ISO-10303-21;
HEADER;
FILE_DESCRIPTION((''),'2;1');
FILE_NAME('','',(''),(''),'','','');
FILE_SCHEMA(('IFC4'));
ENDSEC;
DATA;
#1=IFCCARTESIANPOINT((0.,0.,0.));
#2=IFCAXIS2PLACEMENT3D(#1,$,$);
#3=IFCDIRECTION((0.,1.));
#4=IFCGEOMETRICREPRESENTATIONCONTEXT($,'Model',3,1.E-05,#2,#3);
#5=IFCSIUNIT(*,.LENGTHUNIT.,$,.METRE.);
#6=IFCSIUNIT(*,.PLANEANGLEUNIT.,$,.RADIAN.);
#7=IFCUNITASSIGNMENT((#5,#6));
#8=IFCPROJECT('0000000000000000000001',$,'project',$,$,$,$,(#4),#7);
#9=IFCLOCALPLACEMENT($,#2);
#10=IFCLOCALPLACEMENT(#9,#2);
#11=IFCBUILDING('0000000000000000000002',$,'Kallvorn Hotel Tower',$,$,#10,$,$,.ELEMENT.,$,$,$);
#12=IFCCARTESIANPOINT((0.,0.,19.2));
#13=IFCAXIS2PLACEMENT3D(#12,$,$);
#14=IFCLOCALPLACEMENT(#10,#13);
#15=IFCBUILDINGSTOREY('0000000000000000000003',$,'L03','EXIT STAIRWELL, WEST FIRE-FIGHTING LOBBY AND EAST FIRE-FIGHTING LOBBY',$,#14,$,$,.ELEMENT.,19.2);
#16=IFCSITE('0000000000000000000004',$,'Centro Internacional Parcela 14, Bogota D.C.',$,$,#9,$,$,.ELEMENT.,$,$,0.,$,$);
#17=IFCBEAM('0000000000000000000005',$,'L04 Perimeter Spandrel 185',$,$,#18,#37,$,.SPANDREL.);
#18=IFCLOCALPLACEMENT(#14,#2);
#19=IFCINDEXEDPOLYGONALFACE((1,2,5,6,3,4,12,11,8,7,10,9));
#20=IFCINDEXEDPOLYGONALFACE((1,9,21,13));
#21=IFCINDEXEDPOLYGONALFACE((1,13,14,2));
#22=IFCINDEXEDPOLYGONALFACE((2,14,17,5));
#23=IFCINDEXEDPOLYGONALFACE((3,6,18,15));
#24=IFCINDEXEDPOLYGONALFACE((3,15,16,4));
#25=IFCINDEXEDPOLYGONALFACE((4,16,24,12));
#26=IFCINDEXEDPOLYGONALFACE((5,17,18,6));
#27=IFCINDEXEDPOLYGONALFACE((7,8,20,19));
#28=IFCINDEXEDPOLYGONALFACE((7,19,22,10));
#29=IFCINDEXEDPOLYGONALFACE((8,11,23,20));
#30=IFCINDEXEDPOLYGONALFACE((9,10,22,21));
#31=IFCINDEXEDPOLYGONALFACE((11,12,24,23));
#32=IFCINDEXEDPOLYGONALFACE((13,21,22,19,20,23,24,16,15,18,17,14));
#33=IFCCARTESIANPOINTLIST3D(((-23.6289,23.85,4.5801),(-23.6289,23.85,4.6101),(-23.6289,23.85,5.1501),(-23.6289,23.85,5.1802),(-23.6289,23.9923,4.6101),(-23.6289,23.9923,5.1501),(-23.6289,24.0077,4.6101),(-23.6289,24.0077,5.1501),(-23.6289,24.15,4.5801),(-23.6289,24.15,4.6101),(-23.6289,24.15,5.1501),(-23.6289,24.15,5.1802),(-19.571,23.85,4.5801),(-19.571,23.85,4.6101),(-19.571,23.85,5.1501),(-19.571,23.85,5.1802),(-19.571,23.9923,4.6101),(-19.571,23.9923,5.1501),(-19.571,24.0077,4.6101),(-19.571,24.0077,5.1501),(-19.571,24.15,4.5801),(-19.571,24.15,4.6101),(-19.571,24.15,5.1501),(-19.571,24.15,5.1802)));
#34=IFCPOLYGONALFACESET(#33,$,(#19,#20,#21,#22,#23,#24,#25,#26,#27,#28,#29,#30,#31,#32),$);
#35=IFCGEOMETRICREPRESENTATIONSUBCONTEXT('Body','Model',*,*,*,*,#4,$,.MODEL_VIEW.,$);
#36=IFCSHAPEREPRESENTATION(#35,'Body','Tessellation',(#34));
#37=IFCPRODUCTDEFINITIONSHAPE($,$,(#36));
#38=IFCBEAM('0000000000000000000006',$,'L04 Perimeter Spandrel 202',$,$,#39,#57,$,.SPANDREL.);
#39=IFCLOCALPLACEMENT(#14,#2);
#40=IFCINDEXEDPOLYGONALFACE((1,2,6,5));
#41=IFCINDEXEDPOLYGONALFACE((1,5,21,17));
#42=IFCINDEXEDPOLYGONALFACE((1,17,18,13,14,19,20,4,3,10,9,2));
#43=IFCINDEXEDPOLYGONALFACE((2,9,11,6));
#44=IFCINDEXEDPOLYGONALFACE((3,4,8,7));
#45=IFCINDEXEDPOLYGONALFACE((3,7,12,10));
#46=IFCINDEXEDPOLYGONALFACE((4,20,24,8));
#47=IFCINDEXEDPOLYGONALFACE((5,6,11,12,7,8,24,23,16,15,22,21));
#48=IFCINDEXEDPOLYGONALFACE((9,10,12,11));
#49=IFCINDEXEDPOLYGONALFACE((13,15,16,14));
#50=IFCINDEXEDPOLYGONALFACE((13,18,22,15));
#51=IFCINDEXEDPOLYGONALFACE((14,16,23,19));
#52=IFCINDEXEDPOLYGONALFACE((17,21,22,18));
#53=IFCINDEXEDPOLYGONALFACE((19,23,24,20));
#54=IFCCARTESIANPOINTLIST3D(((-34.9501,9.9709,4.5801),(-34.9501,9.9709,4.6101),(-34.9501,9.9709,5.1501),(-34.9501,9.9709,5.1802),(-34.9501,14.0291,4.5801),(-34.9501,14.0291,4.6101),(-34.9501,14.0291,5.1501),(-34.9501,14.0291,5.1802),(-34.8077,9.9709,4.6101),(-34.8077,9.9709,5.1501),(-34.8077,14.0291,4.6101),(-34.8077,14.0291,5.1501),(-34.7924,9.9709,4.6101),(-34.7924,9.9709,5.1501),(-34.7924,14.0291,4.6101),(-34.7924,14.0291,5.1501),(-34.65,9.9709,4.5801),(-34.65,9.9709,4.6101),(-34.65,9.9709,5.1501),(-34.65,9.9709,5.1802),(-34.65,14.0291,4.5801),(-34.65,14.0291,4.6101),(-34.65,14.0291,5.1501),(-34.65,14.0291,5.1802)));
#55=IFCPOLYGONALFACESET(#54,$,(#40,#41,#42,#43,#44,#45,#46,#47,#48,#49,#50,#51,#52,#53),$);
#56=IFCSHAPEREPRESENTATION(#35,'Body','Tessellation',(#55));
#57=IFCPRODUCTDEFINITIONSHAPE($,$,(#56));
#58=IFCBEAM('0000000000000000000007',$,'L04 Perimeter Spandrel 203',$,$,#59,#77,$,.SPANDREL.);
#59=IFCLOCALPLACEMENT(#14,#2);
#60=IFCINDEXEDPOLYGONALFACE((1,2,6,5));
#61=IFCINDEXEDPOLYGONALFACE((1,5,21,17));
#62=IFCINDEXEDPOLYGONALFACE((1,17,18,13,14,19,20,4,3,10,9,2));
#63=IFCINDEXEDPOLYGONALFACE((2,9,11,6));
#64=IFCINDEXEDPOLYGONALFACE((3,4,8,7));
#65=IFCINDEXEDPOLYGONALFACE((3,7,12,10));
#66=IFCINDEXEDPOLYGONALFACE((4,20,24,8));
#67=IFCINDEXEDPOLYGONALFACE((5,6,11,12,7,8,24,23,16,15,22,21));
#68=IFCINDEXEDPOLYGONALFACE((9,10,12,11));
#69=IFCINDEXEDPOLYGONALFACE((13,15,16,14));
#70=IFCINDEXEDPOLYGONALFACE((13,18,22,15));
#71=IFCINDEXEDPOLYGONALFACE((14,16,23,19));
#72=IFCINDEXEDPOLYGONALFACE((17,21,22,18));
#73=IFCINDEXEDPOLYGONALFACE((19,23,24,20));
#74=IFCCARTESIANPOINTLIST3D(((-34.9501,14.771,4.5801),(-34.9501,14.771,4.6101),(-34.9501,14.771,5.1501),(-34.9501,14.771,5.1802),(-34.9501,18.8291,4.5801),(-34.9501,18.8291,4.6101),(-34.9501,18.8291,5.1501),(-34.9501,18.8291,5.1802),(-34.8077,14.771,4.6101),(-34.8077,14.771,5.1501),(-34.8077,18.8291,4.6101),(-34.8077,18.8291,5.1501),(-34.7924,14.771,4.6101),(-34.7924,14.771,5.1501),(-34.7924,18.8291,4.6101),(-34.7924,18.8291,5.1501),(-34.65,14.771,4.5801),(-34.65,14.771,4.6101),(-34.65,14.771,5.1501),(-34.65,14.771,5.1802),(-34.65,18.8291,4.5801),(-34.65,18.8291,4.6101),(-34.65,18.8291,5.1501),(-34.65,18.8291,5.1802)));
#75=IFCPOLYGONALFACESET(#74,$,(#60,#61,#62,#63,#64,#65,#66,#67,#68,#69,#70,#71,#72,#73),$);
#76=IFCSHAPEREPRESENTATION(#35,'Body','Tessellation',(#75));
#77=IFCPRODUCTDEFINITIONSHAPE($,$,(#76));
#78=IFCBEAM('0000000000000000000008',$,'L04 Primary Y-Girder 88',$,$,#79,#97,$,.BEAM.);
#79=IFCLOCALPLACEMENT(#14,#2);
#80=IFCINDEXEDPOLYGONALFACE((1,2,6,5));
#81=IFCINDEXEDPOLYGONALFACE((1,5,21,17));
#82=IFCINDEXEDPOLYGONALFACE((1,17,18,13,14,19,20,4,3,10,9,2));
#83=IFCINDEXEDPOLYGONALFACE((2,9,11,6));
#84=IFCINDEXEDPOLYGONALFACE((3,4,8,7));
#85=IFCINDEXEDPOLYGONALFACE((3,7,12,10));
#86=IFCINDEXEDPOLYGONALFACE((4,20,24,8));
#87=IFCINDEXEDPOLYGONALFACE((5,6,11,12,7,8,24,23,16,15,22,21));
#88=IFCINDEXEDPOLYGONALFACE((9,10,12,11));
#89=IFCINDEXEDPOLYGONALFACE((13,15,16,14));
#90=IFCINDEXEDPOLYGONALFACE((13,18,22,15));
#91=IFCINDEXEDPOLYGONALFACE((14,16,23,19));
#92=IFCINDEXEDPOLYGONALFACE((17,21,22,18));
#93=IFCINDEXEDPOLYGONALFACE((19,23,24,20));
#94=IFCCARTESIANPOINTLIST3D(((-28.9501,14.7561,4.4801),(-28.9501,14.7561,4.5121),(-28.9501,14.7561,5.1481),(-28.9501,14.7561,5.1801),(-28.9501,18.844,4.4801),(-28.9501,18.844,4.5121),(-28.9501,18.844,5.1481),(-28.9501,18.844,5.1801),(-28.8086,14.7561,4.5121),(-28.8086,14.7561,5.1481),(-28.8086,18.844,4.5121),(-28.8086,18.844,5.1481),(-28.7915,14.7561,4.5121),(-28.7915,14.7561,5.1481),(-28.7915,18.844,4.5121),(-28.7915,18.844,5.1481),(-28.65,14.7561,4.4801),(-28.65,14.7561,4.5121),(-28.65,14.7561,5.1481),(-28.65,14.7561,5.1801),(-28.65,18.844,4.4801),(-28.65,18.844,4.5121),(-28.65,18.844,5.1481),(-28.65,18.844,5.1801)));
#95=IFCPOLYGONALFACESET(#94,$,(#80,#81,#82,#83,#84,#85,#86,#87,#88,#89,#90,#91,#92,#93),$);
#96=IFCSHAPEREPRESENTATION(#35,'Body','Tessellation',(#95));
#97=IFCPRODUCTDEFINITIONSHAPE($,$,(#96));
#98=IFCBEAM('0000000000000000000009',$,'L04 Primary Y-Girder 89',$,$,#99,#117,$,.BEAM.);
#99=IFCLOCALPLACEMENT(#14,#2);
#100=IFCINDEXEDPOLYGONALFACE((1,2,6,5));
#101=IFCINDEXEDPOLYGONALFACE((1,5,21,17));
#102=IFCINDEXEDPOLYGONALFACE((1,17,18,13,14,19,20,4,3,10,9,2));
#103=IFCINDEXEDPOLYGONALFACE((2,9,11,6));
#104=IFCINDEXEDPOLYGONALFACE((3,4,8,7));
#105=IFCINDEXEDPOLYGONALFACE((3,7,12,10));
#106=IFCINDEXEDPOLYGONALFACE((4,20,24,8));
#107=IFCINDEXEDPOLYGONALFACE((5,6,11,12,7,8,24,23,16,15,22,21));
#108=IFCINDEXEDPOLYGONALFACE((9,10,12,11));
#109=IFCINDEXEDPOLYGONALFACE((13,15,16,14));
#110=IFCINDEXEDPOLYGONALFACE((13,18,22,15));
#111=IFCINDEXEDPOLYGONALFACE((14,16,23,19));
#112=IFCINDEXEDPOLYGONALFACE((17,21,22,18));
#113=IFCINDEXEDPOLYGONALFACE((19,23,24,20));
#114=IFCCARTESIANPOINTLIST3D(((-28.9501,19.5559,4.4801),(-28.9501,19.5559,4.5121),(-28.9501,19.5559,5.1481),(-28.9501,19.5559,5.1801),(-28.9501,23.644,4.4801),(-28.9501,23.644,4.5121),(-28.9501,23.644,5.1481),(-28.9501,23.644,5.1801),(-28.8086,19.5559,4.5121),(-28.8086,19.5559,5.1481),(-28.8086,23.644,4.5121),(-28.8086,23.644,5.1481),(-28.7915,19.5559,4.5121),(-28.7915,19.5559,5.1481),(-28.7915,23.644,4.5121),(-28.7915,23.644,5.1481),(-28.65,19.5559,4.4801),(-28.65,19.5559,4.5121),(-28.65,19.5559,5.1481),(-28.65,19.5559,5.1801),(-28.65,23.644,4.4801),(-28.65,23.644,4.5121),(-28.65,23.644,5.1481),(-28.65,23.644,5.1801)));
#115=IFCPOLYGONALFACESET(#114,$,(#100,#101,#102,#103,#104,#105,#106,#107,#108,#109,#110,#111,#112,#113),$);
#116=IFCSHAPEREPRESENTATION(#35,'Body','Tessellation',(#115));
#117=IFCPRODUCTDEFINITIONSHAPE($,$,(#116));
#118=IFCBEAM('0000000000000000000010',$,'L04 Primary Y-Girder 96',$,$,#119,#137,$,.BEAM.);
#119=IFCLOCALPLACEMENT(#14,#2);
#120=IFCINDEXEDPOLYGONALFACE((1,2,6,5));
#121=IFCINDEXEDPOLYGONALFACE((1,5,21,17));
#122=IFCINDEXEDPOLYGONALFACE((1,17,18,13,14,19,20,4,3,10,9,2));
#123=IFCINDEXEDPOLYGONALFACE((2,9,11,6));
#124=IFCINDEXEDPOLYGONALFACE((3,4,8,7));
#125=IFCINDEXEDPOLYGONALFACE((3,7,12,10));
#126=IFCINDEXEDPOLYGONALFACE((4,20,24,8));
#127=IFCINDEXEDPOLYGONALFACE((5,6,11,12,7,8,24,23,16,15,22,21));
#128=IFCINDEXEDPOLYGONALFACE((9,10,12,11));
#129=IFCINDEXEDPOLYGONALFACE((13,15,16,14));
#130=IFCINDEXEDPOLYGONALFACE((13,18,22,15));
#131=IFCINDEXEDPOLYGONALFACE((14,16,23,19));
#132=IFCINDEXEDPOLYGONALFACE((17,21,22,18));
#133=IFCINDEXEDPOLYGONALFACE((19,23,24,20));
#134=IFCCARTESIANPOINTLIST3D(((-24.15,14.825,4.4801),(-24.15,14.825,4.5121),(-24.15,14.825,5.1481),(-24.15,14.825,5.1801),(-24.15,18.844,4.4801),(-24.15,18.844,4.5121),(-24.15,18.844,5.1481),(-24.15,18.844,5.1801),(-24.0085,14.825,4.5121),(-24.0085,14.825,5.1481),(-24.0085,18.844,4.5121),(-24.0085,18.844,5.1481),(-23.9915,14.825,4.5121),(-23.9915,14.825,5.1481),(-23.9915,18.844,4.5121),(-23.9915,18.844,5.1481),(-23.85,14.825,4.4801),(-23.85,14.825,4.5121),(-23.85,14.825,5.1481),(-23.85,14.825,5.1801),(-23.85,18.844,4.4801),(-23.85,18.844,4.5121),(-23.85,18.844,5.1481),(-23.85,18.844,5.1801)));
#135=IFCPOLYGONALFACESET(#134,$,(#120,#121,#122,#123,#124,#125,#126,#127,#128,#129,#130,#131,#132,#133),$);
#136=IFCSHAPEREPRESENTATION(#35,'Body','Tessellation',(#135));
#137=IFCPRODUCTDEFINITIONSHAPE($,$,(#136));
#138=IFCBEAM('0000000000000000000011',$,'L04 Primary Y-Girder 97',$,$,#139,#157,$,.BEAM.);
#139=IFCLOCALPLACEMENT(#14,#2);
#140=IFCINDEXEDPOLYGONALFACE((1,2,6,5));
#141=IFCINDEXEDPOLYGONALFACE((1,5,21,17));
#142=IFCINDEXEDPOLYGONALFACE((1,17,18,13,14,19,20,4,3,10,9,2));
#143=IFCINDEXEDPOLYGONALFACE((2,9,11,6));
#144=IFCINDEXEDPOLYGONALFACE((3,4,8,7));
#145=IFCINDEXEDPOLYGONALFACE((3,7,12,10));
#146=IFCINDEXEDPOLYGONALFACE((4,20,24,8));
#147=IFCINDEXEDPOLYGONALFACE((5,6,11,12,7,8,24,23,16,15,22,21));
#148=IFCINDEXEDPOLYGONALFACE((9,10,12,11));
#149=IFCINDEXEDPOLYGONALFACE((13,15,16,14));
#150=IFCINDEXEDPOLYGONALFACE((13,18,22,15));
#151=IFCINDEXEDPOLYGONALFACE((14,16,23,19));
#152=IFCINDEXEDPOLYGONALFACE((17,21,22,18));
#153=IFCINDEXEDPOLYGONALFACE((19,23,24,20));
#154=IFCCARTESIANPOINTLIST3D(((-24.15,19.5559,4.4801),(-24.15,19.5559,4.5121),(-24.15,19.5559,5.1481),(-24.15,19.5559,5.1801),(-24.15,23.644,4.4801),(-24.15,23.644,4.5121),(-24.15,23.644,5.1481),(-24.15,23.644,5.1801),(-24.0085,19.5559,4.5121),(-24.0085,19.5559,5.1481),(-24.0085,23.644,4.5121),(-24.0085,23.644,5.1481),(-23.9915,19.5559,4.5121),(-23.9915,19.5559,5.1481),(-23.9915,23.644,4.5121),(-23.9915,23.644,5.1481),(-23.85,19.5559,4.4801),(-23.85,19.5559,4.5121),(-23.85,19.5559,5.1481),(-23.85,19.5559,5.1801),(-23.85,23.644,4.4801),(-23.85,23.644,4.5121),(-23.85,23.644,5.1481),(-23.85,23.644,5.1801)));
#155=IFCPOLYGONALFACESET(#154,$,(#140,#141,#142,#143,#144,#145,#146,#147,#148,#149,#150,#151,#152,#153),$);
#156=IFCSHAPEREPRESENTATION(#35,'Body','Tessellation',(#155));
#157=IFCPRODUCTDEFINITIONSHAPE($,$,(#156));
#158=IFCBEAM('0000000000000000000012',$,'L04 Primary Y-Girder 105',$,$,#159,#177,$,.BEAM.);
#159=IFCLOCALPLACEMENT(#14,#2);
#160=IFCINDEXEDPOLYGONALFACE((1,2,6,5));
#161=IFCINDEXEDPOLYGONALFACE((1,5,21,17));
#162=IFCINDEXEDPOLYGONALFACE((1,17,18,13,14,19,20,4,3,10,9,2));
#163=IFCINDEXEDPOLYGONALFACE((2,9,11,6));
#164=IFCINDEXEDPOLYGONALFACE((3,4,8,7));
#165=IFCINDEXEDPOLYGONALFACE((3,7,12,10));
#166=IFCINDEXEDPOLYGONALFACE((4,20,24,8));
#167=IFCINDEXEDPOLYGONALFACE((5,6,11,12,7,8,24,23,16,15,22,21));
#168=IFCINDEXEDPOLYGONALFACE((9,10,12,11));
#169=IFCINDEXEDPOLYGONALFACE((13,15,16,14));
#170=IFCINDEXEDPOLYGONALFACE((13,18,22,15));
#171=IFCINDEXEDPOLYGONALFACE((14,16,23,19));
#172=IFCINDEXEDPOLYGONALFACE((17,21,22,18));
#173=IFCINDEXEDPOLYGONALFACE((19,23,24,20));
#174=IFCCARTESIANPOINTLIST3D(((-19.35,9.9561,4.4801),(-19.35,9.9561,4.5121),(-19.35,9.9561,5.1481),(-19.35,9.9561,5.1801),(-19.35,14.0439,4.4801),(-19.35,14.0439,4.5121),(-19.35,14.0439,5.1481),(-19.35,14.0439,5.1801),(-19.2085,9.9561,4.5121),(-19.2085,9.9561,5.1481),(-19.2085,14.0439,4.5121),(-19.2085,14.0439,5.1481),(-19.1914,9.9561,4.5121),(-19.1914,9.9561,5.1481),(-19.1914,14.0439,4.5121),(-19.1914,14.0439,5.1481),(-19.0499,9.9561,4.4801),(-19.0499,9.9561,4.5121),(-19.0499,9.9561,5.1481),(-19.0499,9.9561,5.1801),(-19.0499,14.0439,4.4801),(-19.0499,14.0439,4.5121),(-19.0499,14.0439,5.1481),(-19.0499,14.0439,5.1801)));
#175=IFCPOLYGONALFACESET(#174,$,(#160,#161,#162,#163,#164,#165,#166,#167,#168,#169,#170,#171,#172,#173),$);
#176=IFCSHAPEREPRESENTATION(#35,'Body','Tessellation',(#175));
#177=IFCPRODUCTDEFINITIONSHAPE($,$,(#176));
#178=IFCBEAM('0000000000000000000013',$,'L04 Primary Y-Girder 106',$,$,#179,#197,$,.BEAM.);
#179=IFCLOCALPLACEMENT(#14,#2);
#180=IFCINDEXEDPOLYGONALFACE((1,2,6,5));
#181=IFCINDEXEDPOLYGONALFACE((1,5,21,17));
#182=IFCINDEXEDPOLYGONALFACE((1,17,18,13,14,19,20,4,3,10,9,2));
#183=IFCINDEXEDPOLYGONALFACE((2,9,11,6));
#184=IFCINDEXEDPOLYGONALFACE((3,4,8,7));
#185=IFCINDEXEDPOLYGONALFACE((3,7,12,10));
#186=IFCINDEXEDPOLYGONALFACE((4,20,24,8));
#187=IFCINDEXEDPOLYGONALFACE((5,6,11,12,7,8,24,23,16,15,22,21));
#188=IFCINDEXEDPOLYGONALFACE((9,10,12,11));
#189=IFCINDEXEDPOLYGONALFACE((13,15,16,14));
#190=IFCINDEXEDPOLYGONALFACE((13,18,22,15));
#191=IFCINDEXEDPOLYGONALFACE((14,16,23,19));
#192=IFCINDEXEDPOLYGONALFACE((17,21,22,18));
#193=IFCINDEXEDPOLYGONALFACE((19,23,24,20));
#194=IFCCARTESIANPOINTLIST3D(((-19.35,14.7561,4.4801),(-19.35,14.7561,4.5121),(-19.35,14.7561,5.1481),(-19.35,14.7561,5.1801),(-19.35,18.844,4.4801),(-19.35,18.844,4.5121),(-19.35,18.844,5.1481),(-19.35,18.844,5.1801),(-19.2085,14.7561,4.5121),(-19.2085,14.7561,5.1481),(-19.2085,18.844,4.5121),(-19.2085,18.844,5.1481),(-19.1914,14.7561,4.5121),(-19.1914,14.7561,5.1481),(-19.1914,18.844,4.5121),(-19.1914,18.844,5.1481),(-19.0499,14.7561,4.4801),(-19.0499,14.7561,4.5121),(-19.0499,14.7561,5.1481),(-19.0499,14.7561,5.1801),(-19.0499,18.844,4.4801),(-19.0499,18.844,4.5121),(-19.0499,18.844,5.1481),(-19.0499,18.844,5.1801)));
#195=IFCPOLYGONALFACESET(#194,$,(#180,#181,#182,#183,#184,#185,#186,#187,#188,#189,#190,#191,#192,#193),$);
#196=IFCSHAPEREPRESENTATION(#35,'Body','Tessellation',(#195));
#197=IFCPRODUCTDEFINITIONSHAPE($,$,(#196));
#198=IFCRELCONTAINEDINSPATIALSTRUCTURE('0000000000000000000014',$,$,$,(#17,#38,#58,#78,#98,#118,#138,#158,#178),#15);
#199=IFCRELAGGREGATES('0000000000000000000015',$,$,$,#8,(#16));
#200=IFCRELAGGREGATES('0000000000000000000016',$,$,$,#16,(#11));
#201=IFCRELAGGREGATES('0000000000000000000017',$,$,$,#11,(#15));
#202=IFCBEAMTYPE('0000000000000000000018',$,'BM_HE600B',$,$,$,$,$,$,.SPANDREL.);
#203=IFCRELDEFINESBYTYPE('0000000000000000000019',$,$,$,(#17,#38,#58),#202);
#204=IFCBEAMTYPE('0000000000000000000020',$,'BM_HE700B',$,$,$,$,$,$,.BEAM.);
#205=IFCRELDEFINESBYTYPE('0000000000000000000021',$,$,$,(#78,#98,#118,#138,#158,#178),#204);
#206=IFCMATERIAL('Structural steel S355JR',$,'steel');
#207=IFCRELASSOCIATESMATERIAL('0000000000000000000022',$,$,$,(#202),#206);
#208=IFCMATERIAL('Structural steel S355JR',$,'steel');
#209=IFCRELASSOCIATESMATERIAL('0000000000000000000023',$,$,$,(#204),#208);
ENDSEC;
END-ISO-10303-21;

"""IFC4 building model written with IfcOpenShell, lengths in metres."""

from ifc_helpers import new_model, si_unit, direction, frame, origin, origin_2d, place, context, subcontext, project, spatial, i_section, extrude, material, material_profile, profile_set, type_object, element, save


model = new_model("IFC4")

# Units and contexts
model_context = context("Model", 3, precision=1e-05, world=origin(), true_north=direction((0.0, 1.0)))
body_context = subcontext(model_context, "Body", "Model", "MODEL_VIEW")
ifc_project = project(units=[si_unit("LENGTHUNIT", "METRE"), si_unit("PLANEANGLEUNIT", "RADIAN")], contexts=[model_context])

# Site, building, storey
site_placement = place(None, origin())
site = spatial("IfcSite", under=ifc_project, at=site_placement, Name="Centro Internacional Parcela 14, Bogota D.C.", CompositionType="ELEMENT", RefElevation=0.0)
building_placement = place(site_placement, origin())
building = spatial("IfcBuilding", under=site, at=building_placement, Name="Kallvorn Hotel Tower", CompositionType="ELEMENT")
storey_placement = place(building_placement, frame((0.0, 0.0, 19.2)))
storey = spatial("IfcBuildingStorey", under=building, at=storey_placement, Name="L03", Description="EXIT STAIRWELL, WEST FIRE-FIGHTING LOBBY AND EAST FIRE-FIGHTING LOBBY", CompositionType="ELEMENT", Elevation=19.2)

# Beams
ifc_material_1 = material(Name="Structural steel S355JR", Category="steel")
ifc_material_profile_1 = material_profile(ifc_material_1, i_section(OverallWidth=0.3, OverallDepth=0.6001, WebThickness=0.0154, FlangeThickness=0.03, at=origin_2d()), Name="HE 600 B")
ifc_profile_set_1 = profile_set([ifc_material_profile_1], Name="Structural steel S355JR")
beam_type_1 = type_object("IfcBeamType", Name="BM_HE600B", PredefinedType="SPANDREL", material=ifc_profile_set_1)
for number, where, z_axis, x_axis, name in (
    (1, (-23.6289, 24.0, 4.8801), (1.0, 0.0, 0.0), (0.0, 1.0, 0.0), "L04 Perimeter Spandrel 185"),
):
    element("IfcBeam", number, at=place(storey_placement, frame(where, z_axis=z_axis, x_axis=x_axis)), inside=storey, type_object=beam_type_1, Name=name, PredefinedType="SPANDREL", context=body_context, shape_type="SweptSolid", body=[
        extrude(i_section(OverallWidth=0.3, OverallDepth=0.6001, WebThickness=0.0154, FlangeThickness=0.03, at=origin_2d()), origin(), (0.0, 0.0, 1.0), 4.0579),
    ])
for number, where, z_axis, x_axis, name in (
    (2, (-34.8, 9.9709, 4.8801), (0.0, 1.0, 0.0), (-1.0, 0.0, 0.0), "L04 Perimeter Spandrel 202"),
    (3, (-34.8, 14.771, 4.8801), (0.0, 1.0, 0.0), (-1.0, 0.0, 0.0), "L04 Perimeter Spandrel 203"),
):
    element("IfcBeam", number, at=place(storey_placement, frame(where, z_axis=z_axis, x_axis=x_axis)), inside=storey, type_object=beam_type_1, Name=name, PredefinedType="SPANDREL", context=body_context, shape_type="SweptSolid", body=[
        extrude(i_section(OverallWidth=0.3, OverallDepth=0.6001, WebThickness=0.0154, FlangeThickness=0.03, at=origin_2d()), origin(), (0.0, 0.0, 1.0), 4.0581),
    ])
ifc_material_2 = material(Name="Structural steel S355JR", Category="steel")
ifc_material_profile_2 = material_profile(ifc_material_2, i_section(OverallWidth=0.3, OverallDepth=0.7, WebThickness=0.0171, FlangeThickness=0.032, at=origin_2d()), Name="HE 700 B")
ifc_profile_set_2 = profile_set([ifc_material_profile_2], Name="Structural steel S355JR")
beam_type_2 = type_object("IfcBeamType", Name="BM_HE700B", PredefinedType="BEAM", material=ifc_profile_set_2)
beam_1_placement = place(storey_placement, frame((-28.8, 14.7561, 4.8301), z_axis=(0.0, 1.0, 0.0), x_axis=(-1.0, 0.0, 0.0)))
element("IfcBeam", 4, at=beam_1_placement, inside=storey, type_object=beam_type_2, Name="L04 Primary Y-Girder 88", PredefinedType="BEAM", context=body_context, shape_type="SweptSolid", body=[
    extrude(i_section(OverallWidth=0.3, OverallDepth=0.7, WebThickness=0.0171, FlangeThickness=0.032, at=origin_2d()), origin(), (0.0, 0.0, 1.0), 4.0879),
])
beam_2_placement = place(storey_placement, frame((-28.8, 19.5559, 4.8301), z_axis=(0.0, 1.0, 0.0), x_axis=(-1.0, 0.0, 0.0)))
element("IfcBeam", 5, at=beam_2_placement, inside=storey, type_object=beam_type_2, Name="L04 Primary Y-Girder 89", PredefinedType="BEAM", context=body_context, shape_type="SweptSolid", body=[
    extrude(i_section(OverallWidth=0.3, OverallDepth=0.7, WebThickness=0.0171, FlangeThickness=0.032, at=origin_2d()), origin(), (0.0, 0.0, 1.0), 4.0881),
])
beam_3_placement = place(storey_placement, frame((-24.0, 14.825, 4.8301), z_axis=(0.0, 1.0, 0.0), x_axis=(-1.0, 0.0, 0.0)))
element("IfcBeam", 6, at=beam_3_placement, inside=storey, type_object=beam_type_2, Name="L04 Primary Y-Girder 96", PredefinedType="BEAM", context=body_context, shape_type="SweptSolid", body=[
    extrude(i_section(OverallWidth=0.3, OverallDepth=0.7, WebThickness=0.0171, FlangeThickness=0.032, at=origin_2d()), origin(), (0.0, 0.0, 1.0), 4.019),
])
beam_4_placement = place(storey_placement, frame((-24.0, 19.5559, 4.8301), z_axis=(0.0, 1.0, 0.0), x_axis=(-1.0, 0.0, 0.0)))
element("IfcBeam", 7, at=beam_4_placement, inside=storey, type_object=beam_type_2, Name="L04 Primary Y-Girder 97", PredefinedType="BEAM", context=body_context, shape_type="SweptSolid", body=[
    extrude(i_section(OverallWidth=0.3, OverallDepth=0.7, WebThickness=0.0171, FlangeThickness=0.032, at=origin_2d()), origin(), (0.0, 0.0, 1.0), 4.0881),
])
for number, where, z_axis, x_axis, name in (
    (8, (-19.2, 9.9561, 4.8301), (0.0, 1.0, 0.0), (-1.0, 0.0, 0.0), "L04 Primary Y-Girder 105"),
    (9, (-19.2, 14.7561, 4.8301), (0.0, 1.0, 0.0), (-1.0, 0.0, 0.0), "L04 Primary Y-Girder 106"),
):
    element("IfcBeam", number, at=place(storey_placement, frame(where, z_axis=z_axis, x_axis=x_axis)), inside=storey, type_object=beam_type_2, Name=name, PredefinedType="BEAM", context=body_context, shape_type="SweptSolid", body=[
        extrude(i_section(OverallWidth=0.3, OverallDepth=0.7, WebThickness=0.0171, FlangeThickness=0.032, at=origin_2d()), origin(), (0.0, 0.0, 1.0), 4.0879),
    ])

save(model, "model.ifc")
